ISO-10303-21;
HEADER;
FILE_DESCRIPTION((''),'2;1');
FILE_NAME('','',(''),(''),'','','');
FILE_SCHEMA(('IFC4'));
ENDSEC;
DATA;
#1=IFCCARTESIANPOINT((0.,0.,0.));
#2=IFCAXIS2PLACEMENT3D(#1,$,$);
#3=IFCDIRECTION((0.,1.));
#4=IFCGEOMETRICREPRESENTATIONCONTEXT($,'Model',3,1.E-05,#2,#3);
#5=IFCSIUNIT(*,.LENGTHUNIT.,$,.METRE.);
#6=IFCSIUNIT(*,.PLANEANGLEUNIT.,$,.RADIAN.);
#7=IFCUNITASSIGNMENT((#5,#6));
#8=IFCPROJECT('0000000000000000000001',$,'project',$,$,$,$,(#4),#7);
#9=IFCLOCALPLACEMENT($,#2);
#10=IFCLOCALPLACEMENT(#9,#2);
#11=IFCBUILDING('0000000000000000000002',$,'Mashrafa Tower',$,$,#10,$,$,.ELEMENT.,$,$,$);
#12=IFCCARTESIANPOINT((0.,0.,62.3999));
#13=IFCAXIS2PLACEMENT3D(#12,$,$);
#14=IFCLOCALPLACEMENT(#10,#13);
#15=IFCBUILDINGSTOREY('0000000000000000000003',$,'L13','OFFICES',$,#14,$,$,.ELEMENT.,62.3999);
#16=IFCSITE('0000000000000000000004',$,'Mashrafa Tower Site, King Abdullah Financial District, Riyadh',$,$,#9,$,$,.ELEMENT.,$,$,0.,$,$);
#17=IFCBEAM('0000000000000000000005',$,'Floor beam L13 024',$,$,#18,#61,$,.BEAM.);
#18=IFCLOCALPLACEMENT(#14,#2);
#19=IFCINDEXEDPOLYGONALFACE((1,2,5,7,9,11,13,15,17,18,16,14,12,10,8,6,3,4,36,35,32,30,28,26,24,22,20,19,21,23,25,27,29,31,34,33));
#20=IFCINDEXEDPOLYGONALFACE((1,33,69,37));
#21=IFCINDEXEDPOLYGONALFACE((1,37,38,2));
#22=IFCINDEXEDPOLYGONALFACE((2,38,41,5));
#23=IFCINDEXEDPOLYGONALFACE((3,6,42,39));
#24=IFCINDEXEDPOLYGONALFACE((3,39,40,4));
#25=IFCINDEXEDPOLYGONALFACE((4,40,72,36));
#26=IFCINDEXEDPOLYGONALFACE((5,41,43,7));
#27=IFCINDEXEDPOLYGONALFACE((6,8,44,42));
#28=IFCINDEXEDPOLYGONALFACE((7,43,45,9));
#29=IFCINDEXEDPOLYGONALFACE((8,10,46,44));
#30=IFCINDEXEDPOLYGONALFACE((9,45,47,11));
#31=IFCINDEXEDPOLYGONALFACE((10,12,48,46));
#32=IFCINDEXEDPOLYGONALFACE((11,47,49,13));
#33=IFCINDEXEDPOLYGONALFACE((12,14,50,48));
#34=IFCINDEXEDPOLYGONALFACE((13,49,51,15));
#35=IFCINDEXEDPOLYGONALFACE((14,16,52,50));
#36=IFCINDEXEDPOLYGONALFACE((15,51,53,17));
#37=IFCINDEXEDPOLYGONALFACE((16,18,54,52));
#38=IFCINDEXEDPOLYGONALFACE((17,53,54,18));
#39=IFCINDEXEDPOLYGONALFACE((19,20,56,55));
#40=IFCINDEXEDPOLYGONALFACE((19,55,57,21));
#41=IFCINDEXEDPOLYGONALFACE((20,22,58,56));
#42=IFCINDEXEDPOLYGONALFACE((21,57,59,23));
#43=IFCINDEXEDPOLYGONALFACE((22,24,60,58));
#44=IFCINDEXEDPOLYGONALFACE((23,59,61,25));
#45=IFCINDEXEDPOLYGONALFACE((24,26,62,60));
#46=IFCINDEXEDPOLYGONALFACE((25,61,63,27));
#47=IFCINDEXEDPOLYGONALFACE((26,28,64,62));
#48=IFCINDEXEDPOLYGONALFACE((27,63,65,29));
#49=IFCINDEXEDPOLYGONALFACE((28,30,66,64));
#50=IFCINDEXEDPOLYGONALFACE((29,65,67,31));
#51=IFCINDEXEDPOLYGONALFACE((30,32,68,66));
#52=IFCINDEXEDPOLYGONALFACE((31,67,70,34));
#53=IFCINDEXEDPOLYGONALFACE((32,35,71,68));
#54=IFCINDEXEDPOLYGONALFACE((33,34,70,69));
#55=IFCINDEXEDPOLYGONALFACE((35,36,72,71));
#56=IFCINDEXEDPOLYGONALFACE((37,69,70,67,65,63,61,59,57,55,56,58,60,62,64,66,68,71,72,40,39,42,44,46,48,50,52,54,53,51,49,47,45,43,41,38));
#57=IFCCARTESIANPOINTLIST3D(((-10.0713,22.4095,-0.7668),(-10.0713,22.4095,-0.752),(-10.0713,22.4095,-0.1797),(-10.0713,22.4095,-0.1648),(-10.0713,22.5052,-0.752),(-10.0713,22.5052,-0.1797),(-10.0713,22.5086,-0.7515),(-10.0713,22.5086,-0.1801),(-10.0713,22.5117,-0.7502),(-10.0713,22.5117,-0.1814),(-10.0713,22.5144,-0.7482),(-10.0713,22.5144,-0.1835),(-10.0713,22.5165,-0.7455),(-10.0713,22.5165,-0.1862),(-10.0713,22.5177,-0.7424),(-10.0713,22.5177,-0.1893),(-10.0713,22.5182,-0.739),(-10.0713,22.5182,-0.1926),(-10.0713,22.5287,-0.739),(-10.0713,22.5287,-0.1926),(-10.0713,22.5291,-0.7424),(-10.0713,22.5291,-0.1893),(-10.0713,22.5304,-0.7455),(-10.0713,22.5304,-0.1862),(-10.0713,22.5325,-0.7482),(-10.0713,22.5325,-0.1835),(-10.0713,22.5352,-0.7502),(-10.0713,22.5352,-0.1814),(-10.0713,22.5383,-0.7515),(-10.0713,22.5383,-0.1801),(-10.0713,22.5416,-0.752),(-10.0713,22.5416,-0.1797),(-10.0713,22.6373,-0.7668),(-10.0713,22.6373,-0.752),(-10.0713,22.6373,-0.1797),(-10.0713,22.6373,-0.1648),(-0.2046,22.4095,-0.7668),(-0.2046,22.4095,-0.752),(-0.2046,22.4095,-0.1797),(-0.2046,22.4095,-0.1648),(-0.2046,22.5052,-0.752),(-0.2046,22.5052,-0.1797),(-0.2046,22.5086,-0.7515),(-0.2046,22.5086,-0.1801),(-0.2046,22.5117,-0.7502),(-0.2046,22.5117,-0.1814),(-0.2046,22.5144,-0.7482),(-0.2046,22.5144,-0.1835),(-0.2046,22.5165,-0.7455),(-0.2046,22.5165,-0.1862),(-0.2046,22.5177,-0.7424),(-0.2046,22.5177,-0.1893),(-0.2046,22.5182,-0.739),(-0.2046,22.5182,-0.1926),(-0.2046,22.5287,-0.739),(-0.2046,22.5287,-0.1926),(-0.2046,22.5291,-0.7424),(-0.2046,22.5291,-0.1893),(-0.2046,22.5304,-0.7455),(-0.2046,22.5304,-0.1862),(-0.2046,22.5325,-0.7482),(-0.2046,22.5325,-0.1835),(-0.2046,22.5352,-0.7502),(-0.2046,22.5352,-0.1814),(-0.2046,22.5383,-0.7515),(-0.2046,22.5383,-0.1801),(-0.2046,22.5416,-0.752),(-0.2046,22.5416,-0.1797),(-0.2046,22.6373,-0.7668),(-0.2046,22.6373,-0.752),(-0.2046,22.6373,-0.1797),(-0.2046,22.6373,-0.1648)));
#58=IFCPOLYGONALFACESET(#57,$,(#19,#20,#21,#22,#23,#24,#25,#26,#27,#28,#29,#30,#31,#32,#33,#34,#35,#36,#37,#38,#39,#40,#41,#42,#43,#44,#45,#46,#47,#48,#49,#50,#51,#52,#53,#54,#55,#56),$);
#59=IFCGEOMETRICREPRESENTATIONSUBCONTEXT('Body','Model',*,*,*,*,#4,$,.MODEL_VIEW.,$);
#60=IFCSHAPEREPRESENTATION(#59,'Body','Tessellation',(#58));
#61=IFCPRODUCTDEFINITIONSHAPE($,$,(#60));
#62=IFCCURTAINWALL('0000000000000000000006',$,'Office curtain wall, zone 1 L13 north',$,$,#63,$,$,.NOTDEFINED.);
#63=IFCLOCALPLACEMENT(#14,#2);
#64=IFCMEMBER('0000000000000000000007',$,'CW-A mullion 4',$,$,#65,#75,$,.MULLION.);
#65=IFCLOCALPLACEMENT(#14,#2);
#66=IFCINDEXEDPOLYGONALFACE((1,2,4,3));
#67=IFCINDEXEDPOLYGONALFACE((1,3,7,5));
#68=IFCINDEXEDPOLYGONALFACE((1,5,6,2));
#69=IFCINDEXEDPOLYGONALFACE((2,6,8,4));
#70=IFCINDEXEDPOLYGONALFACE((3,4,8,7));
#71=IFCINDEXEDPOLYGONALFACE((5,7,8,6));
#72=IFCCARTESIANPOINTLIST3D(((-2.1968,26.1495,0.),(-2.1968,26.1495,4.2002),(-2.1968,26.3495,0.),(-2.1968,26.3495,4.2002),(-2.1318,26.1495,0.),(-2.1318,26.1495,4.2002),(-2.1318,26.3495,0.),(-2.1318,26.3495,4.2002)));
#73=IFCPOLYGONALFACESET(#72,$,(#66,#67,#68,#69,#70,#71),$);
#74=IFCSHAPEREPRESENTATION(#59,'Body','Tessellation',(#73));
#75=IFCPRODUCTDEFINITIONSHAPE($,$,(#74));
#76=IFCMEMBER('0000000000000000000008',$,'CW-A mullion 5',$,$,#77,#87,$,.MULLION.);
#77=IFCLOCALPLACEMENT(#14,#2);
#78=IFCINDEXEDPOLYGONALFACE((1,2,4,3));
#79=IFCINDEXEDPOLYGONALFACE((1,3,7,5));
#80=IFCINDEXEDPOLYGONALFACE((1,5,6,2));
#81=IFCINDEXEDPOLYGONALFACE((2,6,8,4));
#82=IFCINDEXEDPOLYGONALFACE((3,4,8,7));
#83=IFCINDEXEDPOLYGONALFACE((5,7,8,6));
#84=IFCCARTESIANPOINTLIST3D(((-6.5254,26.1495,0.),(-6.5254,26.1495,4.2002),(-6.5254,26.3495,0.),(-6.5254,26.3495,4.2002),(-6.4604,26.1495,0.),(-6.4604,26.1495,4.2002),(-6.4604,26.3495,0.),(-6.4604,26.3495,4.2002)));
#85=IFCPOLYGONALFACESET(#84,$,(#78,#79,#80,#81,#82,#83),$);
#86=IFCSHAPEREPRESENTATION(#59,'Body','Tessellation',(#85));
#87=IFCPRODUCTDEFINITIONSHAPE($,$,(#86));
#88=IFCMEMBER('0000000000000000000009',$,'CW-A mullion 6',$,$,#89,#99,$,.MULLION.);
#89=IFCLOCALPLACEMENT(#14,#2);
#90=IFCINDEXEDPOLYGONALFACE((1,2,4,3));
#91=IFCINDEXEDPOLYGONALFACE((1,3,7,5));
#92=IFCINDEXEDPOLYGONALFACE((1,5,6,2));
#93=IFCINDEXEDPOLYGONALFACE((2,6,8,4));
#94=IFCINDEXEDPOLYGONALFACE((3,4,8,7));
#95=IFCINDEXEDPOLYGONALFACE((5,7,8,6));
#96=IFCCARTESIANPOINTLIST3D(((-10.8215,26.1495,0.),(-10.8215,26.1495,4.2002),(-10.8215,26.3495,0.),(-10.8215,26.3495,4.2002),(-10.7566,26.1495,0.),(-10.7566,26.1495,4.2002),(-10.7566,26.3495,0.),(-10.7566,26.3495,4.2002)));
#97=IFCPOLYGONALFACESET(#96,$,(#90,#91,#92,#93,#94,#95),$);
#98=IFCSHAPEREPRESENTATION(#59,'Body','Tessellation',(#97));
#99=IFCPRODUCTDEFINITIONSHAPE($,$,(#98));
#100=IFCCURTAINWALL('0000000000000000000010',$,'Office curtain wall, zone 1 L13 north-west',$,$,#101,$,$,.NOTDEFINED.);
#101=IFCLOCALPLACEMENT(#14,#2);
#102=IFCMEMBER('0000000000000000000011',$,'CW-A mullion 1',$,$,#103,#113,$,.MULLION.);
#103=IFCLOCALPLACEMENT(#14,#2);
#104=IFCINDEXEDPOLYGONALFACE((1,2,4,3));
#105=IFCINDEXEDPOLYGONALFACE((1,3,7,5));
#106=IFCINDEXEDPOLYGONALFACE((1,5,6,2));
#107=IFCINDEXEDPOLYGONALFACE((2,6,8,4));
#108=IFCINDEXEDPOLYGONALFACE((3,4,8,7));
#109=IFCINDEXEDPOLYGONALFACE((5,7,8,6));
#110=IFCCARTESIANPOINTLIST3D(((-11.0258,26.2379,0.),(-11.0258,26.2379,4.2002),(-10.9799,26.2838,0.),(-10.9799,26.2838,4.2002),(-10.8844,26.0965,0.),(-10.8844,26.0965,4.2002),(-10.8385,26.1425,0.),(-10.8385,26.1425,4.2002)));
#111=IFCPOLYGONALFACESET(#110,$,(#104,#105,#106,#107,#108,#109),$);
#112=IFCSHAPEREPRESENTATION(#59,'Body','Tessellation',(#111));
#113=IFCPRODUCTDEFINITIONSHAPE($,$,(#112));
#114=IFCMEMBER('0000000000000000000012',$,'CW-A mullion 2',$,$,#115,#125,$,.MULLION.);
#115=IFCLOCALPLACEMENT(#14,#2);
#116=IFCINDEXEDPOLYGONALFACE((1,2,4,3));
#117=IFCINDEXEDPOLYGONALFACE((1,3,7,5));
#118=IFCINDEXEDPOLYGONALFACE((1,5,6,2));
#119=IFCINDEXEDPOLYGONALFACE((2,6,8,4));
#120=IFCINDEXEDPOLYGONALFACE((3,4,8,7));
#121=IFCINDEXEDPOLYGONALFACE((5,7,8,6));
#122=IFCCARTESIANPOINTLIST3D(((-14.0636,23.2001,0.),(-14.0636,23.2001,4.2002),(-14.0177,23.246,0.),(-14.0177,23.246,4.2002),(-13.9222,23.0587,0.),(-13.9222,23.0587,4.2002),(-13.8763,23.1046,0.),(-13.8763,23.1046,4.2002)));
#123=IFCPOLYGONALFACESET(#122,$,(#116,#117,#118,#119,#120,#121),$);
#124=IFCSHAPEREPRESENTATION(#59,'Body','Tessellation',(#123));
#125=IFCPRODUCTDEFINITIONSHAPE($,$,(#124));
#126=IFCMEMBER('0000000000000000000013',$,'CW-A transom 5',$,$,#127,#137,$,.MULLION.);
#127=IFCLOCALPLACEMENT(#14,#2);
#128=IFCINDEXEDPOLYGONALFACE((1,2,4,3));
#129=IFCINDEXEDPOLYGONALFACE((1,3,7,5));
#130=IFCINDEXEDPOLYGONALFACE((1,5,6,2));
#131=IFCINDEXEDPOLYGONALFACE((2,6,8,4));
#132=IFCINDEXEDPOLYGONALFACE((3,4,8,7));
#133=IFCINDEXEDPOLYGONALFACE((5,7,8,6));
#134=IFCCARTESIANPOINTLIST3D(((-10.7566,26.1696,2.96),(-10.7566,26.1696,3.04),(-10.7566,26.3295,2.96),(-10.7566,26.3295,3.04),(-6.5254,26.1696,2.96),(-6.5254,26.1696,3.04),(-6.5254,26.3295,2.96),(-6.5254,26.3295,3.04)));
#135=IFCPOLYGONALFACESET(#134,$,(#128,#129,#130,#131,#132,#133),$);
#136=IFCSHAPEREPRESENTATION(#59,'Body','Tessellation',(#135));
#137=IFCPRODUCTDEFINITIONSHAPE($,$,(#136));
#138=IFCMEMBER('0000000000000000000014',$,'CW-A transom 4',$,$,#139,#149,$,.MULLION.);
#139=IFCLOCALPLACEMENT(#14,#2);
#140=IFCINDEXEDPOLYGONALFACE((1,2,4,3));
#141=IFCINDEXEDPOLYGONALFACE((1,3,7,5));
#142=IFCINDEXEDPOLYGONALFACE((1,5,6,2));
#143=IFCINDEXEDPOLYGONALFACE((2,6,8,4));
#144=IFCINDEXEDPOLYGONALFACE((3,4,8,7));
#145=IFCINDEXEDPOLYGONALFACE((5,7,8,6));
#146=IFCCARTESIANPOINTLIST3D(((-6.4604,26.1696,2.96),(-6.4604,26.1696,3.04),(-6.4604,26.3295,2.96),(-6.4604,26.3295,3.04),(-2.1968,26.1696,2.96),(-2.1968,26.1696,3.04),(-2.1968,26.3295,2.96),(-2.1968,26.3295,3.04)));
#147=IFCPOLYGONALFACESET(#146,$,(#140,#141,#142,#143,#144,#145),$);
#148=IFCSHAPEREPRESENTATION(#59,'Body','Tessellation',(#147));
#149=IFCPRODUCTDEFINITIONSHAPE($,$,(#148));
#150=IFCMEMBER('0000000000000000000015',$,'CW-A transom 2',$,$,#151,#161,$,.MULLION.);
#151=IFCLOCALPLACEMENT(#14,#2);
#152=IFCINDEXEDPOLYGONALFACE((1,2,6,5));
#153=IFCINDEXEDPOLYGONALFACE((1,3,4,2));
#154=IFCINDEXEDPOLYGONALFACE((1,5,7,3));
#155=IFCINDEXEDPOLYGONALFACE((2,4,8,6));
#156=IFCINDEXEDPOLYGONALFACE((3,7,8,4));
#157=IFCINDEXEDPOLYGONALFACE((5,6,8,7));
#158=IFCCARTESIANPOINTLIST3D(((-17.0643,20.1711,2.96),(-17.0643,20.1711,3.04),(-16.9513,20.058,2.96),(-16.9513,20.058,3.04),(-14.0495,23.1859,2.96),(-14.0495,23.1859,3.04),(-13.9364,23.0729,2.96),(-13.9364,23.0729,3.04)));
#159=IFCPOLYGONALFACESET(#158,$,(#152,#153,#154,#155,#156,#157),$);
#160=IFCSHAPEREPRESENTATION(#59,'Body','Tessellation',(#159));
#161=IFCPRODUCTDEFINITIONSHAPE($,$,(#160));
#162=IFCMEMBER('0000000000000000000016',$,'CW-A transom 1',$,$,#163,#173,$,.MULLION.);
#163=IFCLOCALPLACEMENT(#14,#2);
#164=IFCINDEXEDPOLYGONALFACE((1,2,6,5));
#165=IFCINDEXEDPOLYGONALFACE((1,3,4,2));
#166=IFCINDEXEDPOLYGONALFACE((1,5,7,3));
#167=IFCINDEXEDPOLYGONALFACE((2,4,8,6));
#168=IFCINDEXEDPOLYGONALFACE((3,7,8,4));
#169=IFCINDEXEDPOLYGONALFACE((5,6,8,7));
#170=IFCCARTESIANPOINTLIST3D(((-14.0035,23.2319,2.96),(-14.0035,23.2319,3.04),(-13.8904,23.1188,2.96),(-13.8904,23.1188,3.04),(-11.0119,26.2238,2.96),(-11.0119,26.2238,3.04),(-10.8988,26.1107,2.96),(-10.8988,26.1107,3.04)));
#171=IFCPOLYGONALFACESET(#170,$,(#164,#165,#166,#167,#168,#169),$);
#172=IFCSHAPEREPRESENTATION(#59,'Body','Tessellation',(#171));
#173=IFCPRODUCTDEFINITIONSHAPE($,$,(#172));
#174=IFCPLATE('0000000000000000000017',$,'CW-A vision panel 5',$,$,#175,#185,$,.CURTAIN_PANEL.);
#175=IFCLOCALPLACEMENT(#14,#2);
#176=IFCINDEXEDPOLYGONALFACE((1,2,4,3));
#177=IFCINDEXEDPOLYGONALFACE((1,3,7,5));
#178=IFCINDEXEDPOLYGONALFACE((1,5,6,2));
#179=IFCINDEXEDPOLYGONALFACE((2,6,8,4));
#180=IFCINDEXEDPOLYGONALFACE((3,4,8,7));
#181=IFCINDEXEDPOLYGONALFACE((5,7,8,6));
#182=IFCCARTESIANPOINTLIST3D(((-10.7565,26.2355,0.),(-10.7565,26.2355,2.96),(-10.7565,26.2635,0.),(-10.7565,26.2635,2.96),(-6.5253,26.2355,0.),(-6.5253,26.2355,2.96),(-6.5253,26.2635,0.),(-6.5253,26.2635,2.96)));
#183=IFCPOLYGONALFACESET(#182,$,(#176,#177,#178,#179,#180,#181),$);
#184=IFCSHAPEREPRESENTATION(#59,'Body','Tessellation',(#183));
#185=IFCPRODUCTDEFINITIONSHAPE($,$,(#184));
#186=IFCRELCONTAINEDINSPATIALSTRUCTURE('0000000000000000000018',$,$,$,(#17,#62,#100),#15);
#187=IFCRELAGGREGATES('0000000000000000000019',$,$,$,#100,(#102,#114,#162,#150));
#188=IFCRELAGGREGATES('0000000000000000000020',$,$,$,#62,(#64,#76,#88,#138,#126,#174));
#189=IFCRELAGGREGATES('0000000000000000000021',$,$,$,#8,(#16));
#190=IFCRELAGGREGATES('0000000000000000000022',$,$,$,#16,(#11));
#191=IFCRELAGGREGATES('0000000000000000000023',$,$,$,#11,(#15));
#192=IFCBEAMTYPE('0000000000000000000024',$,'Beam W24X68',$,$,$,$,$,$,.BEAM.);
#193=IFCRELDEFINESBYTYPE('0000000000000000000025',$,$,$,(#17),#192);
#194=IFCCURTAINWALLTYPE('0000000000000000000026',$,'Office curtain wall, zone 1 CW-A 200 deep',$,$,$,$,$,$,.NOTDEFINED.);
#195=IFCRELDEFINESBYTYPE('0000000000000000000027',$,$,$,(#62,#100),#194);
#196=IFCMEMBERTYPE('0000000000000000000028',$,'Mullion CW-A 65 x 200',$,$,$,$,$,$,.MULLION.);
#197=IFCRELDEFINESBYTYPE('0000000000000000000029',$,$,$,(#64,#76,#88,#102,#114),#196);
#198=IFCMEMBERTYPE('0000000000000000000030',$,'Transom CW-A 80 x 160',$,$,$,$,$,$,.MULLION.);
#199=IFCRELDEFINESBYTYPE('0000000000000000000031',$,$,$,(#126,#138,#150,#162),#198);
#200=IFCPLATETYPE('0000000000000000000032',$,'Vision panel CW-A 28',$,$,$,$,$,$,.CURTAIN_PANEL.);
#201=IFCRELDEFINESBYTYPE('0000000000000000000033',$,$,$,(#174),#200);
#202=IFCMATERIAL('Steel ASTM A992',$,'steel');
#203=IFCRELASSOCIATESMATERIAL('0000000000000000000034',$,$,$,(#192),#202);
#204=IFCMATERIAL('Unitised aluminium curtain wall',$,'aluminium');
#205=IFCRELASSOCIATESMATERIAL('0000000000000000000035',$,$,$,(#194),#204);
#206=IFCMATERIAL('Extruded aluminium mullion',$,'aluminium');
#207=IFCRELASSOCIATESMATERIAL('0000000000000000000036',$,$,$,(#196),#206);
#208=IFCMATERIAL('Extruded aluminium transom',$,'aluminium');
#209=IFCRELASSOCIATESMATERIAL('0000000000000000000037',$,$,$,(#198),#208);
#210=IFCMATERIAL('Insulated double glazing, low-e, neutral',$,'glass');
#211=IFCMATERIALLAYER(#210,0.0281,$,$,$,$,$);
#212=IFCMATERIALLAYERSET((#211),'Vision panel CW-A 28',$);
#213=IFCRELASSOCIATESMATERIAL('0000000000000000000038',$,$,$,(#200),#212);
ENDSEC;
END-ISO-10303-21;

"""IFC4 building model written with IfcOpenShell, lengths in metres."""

from ifc_helpers import new_model, si_unit, direction, frame, origin, origin_2d, place, context, subcontext, project, spatial, rectangle, i_section, extrude, source, transform, mapped, material, layer, layer_set, material_profile, profile_set, type_object, type_shapes, element, aggregate, save


model = new_model("IFC4")

# Units and contexts
model_context = context("Model", 3, precision=1e-05, world=origin(), true_north=direction((0.0, 1.0)))
body_context = subcontext(model_context, "Body", "Model", "MODEL_VIEW")
ifc_project = project(units=[si_unit("LENGTHUNIT", "METRE"), si_unit("PLANEANGLEUNIT", "RADIAN")], contexts=[model_context])

# Site, building, storey
site_placement = place(None, origin())
site = spatial("IfcSite", under=ifc_project, at=site_placement, Name="Mashrafa Tower Site, King Abdullah Financial District, Riyadh", CompositionType="ELEMENT", RefElevation=0.0)
building_placement = place(site_placement, origin())
building = spatial("IfcBuilding", under=site, at=building_placement, Name="Mashrafa Tower", CompositionType="ELEMENT")
storey_placement = place(building_placement, frame((0.0, 0.0, 62.3999)))
storey = spatial("IfcBuildingStorey", under=building, at=storey_placement, Name="L13", Description="OFFICES", CompositionType="ELEMENT", Elevation=62.3999)

# Beam
ifc_material_1 = material(Name="Steel ASTM A992", Category="steel")
ifc_material_profile_1 = material_profile(ifc_material_1, i_section(OverallWidth=0.2278, OverallDepth=0.6021, WebThickness=0.0105, FlangeThickness=0.0149, FilletRadius=0.0129, at=origin_2d()), Name="W24X68")
ifc_profile_set_1 = profile_set([ifc_material_profile_1], Name="Steel ASTM A992")
beam_type_1 = type_object("IfcBeamType", Name="Beam W24X68", PredefinedType="BEAM", material=ifc_profile_set_1)
beam_1_placement = place(storey_placement, frame((-10.0713, 22.5234, -0.4658), z_axis=(1.0, 0.0, 0.0), x_axis=(0.0, 1.0, 0.0)))
element("IfcBeam", 1, at=beam_1_placement, inside=storey, type_object=beam_type_1, Name="Floor beam L13 024", PredefinedType="BEAM", context=body_context, shape_type="SweptSolid", body=[
    extrude(i_section(OverallWidth=0.2278, OverallDepth=0.6021, WebThickness=0.0105, FlangeThickness=0.0149, FilletRadius=0.0129, at=origin_2d()), origin(), (0.0, 0.0, 1.0), 9.8667),
])

# Curtain walls, members
ifc_material_2 = material(Name="Unitised aluminium curtain wall", Category="aluminium")
curtain_wall_type = type_object("IfcCurtainWallType", Name="Office curtain wall, zone 1 CW-A 200 deep", PredefinedType="NOTDEFINED", material=ifc_material_2)
curtain_wall_1_placement = place(storey_placement, origin())
curtain_wall_1 = element("IfcCurtainWall", 2, at=curtain_wall_1_placement, inside=storey, type_object=curtain_wall_type, Name="Office curtain wall, zone 1 L13 north", PredefinedType="NOTDEFINED")
ifc_material_3 = material(Name="Extruded aluminium mullion", Category="aluminium")
ifc_material_profile_2 = material_profile(ifc_material_3, rectangle(XDim=0.2, YDim=0.0649, at=origin_2d()), Name="Mullion 65x200")
ifc_profile_set_2 = profile_set([ifc_material_profile_2], Name="Extruded aluminium mullion")
member_type_1 = type_object("IfcMemberType", Name="Mullion CW-A 65 x 200", PredefinedType="MULLION", material=ifc_profile_set_2)
shared_shape_1 = source(origin(), body_context, "Body", "SweptSolid", [
    extrude(rectangle(XDim=0.2, YDim=0.0649, at=origin_2d()), origin(), (0.0, 0.0, 1.0), 4.2002),
])
type_shapes(member_type_1, [shared_shape_1])
member_1_placement = place(storey_placement, frame((-2.1643, 26.2495, 0.0), z_axis=(0.0, 0.0, 1.0), x_axis=(0.0, -1.0, 0.0)))
member_1 = element("IfcMember", 3, at=member_1_placement, type_object=member_type_1, Name="CW-A mullion 4", PredefinedType="MULLION", context=body_context, shape_type="MappedRepresentation", body=[
    mapped(shared_shape_1, transform((0.0, 0.0, 0.0))),
])
member_2_placement = place(storey_placement, frame((-6.4929, 26.2495, 0.0), z_axis=(0.0, 0.0, 1.0), x_axis=(0.0, -1.0, 0.0)))
member_2 = element("IfcMember", 4, at=member_2_placement, type_object=member_type_1, Name="CW-A mullion 5", PredefinedType="MULLION", context=body_context, shape_type="MappedRepresentation", body=[
    mapped(shared_shape_1, transform((0.0, 0.0, 0.0))),
])
member_3_placement = place(storey_placement, frame((-10.7891, 26.2495, 0.0), z_axis=(0.0, 0.0, 1.0), x_axis=(0.0, -1.0, 0.0)))
member_3 = element("IfcMember", 5, at=member_3_placement, type_object=member_type_1, Name="CW-A mullion 6", PredefinedType="MULLION", context=body_context, shape_type="MappedRepresentation", body=[
    mapped(shared_shape_1, transform((0.0, 0.0, 0.0))),
])
curtain_wall_2_placement = place(storey_placement, origin())
curtain_wall_2 = element("IfcCurtainWall", 6, at=curtain_wall_2_placement, inside=storey, type_object=curtain_wall_type, Name="Office curtain wall, zone 1 L13 north-west", PredefinedType="NOTDEFINED")
member_4_placement = place(storey_placement, frame((-10.9321, 26.1902, 0.0), z_axis=(0.0, 0.0, 1.0), x_axis=(0.707107, -0.707107, 0.0)))
member_4 = element("IfcMember", 7, at=member_4_placement, type_object=member_type_1, Name="CW-A mullion 1", PredefinedType="MULLION", context=body_context, shape_type="MappedRepresentation", body=[
    mapped(shared_shape_1, transform((0.0, 0.0, 0.0))),
])
member_5_placement = place(storey_placement, frame((-13.97, 23.1523, 0.0), z_axis=(0.0, 0.0, 1.0), x_axis=(0.707107, -0.707107, 0.0)))
member_5 = element("IfcMember", 8, at=member_5_placement, type_object=member_type_1, Name="CW-A mullion 2", PredefinedType="MULLION", context=body_context, shape_type="MappedRepresentation", body=[
    mapped(shared_shape_1, transform((0.0, 0.0, 0.0))),
])

# Members
ifc_material_4 = material(Name="Extruded aluminium transom", Category="aluminium")
ifc_material_profile_3 = material_profile(ifc_material_4, rectangle(XDim=0.1599, YDim=0.0801, at=origin_2d()), Name="Transom 80x160")
ifc_profile_set_3 = profile_set([ifc_material_profile_3], Name="Extruded aluminium transom")
member_type_2 = type_object("IfcMemberType", Name="Transom CW-A 80 x 160", PredefinedType="MULLION", material=ifc_profile_set_3)
shared_shape_2 = source(origin(), body_context, "Body", "SweptSolid", [
    extrude(rectangle(XDim=0.1599, YDim=0.0801, at=origin_2d()), origin(), (0.0, 0.0, 1.0), 4.2312),
])
member_6_placement = place(storey_placement, frame((-6.5254, 26.2495, 3.0), z_axis=(-1.0, 0.0, 0.0), x_axis=(0.0, -1.0, 0.0)))
member_6 = element("IfcMember", 9, at=member_6_placement, type_object=member_type_2, Name="CW-A transom 5", PredefinedType="MULLION", context=body_context, shape_type="MappedRepresentation", body=[
    mapped(shared_shape_2, transform((0.0, 0.0, 0.0))),
])
shared_shape_3 = source(origin(), body_context, "Body", "SweptSolid", [
    extrude(rectangle(XDim=0.1599, YDim=0.0801, at=origin_2d()), origin(), (0.0, 0.0, 1.0), 4.2637),
])
member_7_placement = place(storey_placement, frame((-2.1968, 26.2495, 3.0), z_axis=(-1.0, 0.0, 0.0), x_axis=(0.0, -1.0, 0.0)))
member_7 = element("IfcMember", 10, at=member_7_placement, type_object=member_type_2, Name="CW-A transom 4", PredefinedType="MULLION", context=body_context, shape_type="MappedRepresentation", body=[
    mapped(shared_shape_3, transform((0.0, 0.0, 0.0))),
])
member_8_placement = place(storey_placement, frame((-13.9929, 23.1294, 3.0), z_axis=(-0.707107, -0.707107, 0.0), x_axis=(0.707107, -0.707107, 0.0)))
member_8 = element("IfcMember", 11, at=member_8_placement, type_object=member_type_2, Name="CW-A transom 2", PredefinedType="MULLION", context=body_context, shape_type="MappedRepresentation", body=[
    mapped(shared_shape_3, transform((0.0, 0.0, 0.0))),
])
shared_shape_4 = source(origin(), body_context, "Body", "SweptSolid", [
    extrude(rectangle(XDim=0.1599, YDim=0.0801, at=origin_2d()), origin(), (0.0, 0.0, 1.0), 4.231),
])
type_shapes(member_type_2, [shared_shape_2, shared_shape_3, shared_shape_4])
member_9_placement = place(storey_placement, frame((-10.9553, 26.1672, 3.0), z_axis=(-0.707078, -0.707136, 0.0), x_axis=(0.707136, -0.707078, 0.0)))
member_9 = element("IfcMember", 12, at=member_9_placement, type_object=member_type_2, Name="CW-A transom 1", PredefinedType="MULLION", context=body_context, shape_type="MappedRepresentation", body=[
    mapped(shared_shape_4, transform((0.0, 0.0, 0.0))),
])

# Plate
ifc_material_5 = material(Name="Insulated double glazing, low-e, neutral", Category="glass")
ifc_layer_1 = layer(ifc_material_5, 0.0281)
ifc_layer_set_1 = layer_set([ifc_layer_1], Name="Vision panel CW-A 28")
plate_type_1 = type_object("IfcPlateType", Name="Vision panel CW-A 28", PredefinedType="CURTAIN_PANEL", material=ifc_layer_set_1)
shared_shape_5 = source(origin(), body_context, "Body", "SweptSolid", [
    extrude(rectangle(XDim=4.2312, YDim=0.0281, at=origin_2d()), origin(), (0.0, 0.0, 1.0), 2.96),
])
plate_1_placement = place(storey_placement, frame((-8.6409, 26.2495, 0.0), z_axis=(0.0, 0.0, 1.0), x_axis=(-1.0, 0.0, 0.0)))
plate_1 = element("IfcPlate", 13, at=plate_1_placement, type_object=plate_type_1, Name="CW-A vision panel 5", PredefinedType="CURTAIN_PANEL", context=body_context, shape_type="MappedRepresentation", body=[
    mapped(shared_shape_5, transform((0.0, 0.0, 0.0))),
])
aggregate(curtain_wall_2, [member_4, member_5, member_9, member_8])
aggregate(curtain_wall_1, [member_1, member_2, member_3, member_7, member_6, plate_1])

save(model, "model.ifc")
